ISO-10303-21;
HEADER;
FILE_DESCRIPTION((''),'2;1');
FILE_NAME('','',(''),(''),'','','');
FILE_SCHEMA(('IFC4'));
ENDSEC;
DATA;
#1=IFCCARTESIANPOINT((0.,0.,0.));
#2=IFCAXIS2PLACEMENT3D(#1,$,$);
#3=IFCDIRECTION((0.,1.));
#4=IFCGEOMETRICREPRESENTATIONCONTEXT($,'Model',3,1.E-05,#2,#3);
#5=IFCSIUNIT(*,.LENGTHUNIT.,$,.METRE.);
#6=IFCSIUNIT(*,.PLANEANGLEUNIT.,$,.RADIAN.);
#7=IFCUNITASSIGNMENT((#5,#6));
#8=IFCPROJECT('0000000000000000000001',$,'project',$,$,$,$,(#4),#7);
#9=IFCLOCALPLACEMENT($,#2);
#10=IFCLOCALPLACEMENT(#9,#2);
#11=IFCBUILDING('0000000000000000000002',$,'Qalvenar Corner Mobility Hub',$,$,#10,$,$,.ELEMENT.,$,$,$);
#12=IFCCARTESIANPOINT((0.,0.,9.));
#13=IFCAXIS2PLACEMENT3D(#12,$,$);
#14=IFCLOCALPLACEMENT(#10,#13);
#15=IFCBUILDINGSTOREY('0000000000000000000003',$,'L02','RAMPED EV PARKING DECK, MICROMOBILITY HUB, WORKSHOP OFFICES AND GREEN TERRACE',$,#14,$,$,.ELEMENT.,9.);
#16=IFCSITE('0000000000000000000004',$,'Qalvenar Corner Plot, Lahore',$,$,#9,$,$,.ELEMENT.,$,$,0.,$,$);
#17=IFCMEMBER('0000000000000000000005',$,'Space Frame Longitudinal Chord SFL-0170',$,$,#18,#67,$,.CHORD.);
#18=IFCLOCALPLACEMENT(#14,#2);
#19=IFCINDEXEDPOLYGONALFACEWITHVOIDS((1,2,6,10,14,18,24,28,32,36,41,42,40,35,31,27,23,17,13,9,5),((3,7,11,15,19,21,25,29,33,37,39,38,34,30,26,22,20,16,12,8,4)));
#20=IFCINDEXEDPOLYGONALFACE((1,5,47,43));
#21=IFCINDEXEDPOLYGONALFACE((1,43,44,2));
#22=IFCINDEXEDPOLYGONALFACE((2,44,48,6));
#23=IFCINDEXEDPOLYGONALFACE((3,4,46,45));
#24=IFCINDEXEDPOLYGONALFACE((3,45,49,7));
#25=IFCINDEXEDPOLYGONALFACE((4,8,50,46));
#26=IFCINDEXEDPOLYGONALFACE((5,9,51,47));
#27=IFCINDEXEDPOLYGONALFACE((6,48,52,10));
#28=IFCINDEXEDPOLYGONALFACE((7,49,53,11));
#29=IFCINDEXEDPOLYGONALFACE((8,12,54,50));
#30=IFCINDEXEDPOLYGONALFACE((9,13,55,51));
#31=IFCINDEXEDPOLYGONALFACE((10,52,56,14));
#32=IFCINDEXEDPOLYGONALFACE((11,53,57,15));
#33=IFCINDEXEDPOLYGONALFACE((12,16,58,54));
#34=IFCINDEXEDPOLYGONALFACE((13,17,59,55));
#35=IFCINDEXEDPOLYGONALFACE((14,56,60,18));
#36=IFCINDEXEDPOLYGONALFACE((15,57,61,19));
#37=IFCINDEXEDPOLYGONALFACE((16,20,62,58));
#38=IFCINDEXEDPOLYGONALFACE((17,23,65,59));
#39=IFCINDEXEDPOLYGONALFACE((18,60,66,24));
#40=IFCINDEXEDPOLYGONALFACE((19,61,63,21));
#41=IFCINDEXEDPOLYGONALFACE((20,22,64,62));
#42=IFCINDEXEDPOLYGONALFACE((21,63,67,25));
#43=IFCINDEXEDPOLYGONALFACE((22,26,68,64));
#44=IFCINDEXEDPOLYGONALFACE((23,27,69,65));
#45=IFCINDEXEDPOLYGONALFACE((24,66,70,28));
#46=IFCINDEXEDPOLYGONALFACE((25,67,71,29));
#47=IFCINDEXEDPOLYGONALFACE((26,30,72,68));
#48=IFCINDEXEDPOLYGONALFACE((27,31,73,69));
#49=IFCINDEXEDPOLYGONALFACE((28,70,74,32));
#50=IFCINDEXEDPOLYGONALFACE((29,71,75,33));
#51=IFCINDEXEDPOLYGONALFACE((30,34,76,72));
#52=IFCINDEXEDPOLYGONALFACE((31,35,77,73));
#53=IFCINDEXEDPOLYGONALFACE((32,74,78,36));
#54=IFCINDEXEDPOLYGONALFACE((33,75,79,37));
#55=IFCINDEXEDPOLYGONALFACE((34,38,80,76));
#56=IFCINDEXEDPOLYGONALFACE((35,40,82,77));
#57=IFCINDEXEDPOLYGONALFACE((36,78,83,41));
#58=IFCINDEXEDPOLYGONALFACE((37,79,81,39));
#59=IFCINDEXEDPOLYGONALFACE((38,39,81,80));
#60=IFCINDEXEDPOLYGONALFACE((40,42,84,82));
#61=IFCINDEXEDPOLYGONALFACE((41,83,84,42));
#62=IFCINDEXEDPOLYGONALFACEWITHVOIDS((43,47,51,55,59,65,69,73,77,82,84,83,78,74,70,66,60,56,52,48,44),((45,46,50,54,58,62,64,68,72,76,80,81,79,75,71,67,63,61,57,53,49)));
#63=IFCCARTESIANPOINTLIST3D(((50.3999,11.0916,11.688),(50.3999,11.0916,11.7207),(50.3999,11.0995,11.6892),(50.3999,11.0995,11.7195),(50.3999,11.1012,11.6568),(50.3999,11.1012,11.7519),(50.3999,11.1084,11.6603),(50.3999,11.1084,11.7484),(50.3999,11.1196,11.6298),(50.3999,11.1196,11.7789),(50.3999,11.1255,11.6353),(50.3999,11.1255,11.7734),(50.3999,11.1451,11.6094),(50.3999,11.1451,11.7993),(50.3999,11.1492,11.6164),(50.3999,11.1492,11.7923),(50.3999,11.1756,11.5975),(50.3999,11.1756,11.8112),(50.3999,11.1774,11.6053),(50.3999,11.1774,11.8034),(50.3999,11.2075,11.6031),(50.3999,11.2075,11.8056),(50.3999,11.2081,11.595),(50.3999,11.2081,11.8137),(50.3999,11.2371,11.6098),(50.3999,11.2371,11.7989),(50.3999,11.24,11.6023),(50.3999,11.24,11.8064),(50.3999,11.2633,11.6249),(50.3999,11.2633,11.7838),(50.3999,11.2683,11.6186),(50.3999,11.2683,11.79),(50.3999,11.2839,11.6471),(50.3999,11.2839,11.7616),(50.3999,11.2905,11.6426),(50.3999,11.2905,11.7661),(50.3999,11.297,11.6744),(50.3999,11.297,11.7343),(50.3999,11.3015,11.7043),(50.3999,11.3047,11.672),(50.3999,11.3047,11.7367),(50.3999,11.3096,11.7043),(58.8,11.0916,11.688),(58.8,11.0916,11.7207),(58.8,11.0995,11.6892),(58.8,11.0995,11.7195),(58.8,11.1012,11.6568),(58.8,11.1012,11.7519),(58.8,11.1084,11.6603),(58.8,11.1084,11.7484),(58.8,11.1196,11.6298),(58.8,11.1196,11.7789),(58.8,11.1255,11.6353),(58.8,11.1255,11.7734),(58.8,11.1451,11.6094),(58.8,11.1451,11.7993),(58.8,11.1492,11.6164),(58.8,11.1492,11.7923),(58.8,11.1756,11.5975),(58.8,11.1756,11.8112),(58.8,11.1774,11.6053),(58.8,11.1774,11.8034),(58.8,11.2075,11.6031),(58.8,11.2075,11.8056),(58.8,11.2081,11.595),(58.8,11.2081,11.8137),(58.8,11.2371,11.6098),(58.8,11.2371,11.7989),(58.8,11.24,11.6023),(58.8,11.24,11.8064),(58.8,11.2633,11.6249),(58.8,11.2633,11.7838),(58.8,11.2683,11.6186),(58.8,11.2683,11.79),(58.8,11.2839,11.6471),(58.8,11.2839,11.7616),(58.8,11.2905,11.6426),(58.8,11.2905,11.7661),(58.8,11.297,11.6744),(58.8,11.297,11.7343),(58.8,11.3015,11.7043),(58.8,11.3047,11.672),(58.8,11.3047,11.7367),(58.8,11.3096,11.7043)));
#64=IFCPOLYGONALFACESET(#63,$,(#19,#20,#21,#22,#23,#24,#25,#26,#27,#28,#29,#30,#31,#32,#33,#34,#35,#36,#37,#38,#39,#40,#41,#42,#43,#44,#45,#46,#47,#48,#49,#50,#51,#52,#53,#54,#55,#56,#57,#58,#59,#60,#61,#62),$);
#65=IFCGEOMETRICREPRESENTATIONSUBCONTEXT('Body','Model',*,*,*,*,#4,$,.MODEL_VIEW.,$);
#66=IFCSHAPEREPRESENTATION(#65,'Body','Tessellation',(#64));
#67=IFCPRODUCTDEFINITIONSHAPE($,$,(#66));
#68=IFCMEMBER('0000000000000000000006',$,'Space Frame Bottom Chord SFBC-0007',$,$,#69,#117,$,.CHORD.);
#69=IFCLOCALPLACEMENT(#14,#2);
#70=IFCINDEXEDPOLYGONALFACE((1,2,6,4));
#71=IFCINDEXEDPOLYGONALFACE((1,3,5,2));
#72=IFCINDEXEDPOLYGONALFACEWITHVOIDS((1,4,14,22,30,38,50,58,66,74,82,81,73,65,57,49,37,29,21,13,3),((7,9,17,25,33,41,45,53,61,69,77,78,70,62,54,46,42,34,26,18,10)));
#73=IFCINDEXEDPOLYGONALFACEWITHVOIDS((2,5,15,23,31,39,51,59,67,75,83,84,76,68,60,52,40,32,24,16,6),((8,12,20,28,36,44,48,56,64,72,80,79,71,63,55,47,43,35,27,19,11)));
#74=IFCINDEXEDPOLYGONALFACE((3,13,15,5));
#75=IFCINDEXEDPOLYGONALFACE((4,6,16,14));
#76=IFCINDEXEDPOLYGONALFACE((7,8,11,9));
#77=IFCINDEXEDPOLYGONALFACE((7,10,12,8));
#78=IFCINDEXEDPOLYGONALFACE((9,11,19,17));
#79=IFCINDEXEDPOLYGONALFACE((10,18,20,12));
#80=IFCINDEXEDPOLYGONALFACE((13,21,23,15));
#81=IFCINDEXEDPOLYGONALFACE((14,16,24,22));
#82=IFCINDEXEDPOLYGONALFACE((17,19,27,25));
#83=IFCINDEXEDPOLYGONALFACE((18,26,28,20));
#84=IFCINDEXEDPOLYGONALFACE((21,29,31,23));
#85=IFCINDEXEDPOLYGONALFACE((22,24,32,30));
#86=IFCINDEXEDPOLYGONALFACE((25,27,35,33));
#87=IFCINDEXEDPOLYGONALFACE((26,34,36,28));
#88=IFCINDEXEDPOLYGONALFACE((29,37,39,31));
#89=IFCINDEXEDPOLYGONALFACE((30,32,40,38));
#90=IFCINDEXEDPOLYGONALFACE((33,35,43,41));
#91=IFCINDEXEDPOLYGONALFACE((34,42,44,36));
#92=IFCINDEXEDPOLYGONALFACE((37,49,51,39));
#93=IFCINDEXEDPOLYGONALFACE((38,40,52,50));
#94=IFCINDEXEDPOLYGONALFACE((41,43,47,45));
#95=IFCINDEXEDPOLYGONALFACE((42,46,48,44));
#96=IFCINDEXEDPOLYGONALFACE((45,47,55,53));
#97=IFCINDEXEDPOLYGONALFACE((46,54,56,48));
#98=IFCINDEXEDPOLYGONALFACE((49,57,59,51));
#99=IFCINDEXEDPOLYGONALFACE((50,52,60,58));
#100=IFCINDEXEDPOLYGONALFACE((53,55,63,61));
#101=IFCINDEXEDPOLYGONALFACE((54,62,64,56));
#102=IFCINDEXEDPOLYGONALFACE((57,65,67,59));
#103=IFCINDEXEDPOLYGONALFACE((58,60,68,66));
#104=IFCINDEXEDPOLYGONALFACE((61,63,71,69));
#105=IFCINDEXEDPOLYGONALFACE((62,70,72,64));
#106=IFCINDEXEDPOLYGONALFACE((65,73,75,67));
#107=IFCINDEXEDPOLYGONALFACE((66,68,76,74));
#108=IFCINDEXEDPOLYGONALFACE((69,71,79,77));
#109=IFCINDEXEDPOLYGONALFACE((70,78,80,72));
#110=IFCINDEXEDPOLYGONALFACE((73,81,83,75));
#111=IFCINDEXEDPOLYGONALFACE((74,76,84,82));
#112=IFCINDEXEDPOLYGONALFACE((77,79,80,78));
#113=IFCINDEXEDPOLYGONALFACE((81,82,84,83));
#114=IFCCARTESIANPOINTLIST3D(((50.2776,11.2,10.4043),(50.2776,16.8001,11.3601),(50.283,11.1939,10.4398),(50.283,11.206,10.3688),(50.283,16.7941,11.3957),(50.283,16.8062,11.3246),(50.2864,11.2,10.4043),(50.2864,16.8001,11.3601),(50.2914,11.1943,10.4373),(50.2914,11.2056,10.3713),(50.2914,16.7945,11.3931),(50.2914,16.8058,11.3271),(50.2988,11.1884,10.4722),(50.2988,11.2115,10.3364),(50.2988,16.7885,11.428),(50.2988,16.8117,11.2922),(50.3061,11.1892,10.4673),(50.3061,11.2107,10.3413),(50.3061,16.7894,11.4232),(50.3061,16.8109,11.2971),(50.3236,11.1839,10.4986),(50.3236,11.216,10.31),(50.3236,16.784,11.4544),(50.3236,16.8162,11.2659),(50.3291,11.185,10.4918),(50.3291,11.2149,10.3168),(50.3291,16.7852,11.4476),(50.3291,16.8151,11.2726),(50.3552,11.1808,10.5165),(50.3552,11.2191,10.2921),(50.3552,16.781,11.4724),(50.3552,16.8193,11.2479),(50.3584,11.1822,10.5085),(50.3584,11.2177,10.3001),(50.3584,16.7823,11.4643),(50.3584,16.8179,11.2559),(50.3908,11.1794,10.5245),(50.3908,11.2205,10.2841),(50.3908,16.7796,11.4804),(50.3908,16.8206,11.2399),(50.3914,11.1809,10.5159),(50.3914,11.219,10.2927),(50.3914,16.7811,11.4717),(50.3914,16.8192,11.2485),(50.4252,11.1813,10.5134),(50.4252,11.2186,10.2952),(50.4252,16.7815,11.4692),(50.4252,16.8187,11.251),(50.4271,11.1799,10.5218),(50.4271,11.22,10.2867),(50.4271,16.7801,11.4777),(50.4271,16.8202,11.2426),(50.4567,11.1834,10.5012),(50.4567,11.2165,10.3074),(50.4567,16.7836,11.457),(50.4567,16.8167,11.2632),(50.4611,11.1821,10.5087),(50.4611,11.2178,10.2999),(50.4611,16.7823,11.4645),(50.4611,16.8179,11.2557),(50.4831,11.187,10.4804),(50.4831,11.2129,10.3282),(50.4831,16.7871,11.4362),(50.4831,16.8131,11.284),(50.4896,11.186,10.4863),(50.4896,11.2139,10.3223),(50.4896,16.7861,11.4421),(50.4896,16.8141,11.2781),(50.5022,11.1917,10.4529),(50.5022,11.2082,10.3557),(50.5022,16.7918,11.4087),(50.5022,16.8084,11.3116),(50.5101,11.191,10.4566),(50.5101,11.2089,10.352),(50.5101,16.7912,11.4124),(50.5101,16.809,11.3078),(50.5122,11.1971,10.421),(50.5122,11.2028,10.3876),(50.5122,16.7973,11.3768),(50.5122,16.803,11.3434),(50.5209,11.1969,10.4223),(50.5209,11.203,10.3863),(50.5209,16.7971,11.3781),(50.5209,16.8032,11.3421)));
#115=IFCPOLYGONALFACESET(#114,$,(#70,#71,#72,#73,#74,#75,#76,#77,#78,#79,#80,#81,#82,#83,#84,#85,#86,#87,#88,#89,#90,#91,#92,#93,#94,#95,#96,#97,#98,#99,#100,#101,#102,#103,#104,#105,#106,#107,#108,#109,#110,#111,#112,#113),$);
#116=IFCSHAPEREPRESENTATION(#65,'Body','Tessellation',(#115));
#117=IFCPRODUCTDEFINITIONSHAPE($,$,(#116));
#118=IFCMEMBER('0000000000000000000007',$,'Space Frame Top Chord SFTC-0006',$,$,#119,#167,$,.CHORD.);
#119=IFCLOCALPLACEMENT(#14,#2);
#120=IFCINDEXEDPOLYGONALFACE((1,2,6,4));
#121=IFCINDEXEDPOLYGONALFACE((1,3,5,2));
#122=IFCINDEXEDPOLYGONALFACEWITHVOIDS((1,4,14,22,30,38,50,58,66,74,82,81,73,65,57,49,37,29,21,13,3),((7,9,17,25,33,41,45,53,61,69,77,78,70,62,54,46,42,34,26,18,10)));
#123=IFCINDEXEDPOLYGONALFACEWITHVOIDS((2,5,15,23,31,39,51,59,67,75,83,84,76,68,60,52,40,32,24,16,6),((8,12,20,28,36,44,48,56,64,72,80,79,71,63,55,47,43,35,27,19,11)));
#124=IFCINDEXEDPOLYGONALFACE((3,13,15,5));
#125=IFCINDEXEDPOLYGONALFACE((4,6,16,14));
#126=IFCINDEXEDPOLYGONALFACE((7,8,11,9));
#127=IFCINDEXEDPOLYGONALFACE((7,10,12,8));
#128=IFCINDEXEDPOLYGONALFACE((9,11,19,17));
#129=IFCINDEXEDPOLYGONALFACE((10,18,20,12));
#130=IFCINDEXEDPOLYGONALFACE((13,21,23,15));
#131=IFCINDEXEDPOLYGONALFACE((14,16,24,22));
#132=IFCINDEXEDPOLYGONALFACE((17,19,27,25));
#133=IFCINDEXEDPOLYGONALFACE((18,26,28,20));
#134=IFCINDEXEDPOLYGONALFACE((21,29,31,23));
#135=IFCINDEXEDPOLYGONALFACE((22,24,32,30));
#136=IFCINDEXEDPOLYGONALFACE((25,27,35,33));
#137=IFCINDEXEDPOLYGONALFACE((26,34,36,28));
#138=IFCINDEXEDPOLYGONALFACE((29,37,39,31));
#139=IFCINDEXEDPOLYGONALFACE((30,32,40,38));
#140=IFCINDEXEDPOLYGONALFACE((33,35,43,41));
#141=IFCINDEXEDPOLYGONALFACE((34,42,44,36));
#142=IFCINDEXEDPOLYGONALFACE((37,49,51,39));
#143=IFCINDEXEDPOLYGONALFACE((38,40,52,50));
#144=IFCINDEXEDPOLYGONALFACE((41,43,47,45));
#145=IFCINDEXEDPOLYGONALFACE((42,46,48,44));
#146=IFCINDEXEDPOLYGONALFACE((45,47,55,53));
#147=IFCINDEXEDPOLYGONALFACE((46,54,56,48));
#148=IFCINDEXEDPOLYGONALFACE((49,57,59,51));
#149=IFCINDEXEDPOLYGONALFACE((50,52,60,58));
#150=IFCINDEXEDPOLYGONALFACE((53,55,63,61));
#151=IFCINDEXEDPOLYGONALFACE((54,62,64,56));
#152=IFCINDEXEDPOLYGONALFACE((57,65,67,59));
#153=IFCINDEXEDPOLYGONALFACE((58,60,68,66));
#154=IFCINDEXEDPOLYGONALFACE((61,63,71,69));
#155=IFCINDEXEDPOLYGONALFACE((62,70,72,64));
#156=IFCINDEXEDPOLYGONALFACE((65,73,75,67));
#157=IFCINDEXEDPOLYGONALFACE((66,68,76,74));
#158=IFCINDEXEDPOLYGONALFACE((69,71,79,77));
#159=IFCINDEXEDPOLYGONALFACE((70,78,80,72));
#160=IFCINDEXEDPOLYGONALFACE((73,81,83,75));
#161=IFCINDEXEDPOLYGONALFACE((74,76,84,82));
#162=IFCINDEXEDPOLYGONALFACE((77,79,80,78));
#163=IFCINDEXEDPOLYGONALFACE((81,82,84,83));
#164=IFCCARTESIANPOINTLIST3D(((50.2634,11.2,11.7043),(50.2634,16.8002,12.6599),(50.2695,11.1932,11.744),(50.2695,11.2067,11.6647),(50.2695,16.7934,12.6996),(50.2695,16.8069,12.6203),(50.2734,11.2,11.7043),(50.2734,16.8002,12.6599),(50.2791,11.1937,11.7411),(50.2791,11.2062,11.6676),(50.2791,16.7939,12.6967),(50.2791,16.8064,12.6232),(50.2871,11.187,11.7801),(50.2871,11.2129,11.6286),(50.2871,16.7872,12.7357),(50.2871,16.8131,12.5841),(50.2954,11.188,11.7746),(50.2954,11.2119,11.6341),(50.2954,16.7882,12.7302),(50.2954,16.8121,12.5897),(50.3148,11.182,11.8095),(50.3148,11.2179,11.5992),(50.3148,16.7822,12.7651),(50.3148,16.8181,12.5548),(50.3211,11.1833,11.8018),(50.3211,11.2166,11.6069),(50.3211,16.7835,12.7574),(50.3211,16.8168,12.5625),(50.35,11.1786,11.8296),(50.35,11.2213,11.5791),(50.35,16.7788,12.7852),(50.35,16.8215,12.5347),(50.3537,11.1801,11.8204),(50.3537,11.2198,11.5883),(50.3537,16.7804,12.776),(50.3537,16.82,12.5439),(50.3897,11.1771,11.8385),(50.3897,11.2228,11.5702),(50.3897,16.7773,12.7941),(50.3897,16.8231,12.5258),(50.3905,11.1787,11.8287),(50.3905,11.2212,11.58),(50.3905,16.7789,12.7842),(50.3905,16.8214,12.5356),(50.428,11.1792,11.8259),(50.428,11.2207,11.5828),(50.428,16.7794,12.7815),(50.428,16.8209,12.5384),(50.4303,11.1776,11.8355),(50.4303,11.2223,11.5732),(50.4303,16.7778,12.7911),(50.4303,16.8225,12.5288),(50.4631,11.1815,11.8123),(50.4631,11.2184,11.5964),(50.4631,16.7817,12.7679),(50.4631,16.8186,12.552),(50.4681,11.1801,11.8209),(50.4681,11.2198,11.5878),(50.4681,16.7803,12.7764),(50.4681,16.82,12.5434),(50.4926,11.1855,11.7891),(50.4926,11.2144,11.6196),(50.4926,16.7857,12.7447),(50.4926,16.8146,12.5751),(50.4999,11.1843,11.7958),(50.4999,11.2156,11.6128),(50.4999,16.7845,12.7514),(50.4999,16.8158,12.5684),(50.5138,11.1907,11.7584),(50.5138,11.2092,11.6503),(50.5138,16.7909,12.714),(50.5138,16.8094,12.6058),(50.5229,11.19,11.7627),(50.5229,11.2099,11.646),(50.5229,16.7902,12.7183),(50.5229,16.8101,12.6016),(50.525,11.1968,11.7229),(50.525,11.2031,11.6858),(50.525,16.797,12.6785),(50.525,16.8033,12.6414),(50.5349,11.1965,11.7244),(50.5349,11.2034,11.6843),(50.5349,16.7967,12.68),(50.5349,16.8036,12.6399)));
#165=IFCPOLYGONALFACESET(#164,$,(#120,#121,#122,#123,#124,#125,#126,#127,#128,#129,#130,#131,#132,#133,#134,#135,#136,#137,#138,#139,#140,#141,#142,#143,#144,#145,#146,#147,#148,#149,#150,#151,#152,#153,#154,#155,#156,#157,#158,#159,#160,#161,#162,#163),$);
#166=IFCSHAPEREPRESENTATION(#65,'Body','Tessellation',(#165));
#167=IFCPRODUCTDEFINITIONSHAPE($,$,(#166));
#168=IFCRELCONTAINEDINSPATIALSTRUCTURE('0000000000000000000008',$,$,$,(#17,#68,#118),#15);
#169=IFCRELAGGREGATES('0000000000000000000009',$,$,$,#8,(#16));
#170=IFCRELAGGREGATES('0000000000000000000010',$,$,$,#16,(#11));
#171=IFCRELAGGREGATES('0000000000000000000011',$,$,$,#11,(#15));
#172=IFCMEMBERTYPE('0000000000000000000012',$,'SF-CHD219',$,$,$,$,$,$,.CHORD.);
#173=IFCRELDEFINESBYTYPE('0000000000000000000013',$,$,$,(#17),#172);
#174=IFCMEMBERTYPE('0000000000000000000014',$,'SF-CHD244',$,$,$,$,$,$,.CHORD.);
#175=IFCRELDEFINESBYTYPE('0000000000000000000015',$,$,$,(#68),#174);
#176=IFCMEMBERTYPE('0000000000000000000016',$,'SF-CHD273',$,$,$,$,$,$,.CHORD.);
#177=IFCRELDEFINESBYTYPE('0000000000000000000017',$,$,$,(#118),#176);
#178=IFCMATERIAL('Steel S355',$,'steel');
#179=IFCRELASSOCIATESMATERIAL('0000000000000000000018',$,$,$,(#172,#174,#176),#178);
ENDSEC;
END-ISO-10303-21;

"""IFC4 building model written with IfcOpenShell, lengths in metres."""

from ifc_helpers import new_model, si_unit, direction, frame, origin, origin_2d, place, context, subcontext, project, spatial, hollow_circle, extrude, material, material_profile, profile_set, type_object, element, save


model = new_model("IFC4")

# Units and contexts
model_context = context("Model", 3, precision=1e-05, world=origin(), true_north=direction((0.0, 1.0)))
body_context = subcontext(model_context, "Body", "Model", "MODEL_VIEW")
ifc_project = project(units=[si_unit("LENGTHUNIT", "METRE"), si_unit("PLANEANGLEUNIT", "RADIAN")], contexts=[model_context])

# Site, building, storey
site_placement = place(None, origin())
site = spatial("IfcSite", under=ifc_project, at=site_placement, Name="Qalvenar Corner Plot, Lahore", CompositionType="ELEMENT", RefElevation=0.0)
building_placement = place(site_placement, origin())
building = spatial("IfcBuilding", under=site, at=building_placement, Name="Qalvenar Corner Mobility Hub", CompositionType="ELEMENT")
storey_placement = place(building_placement, frame((0.0, 0.0, 9.0)))
storey = spatial("IfcBuildingStorey", under=building, at=storey_placement, Name="L02", Description="RAMPED EV PARKING DECK, MICROMOBILITY HUB, WORKSHOP OFFICES AND GREEN TERRACE", CompositionType="ELEMENT", Elevation=9.0)

# Members
ifc_material_1 = material(Name="Steel S355", Category="steel")
ifc_material_profile_1 = material_profile(ifc_material_1, hollow_circle(Radius=0.1096, WallThickness=0.0081, at=origin_2d()), Name="CHS219.1x8")
ifc_profile_set_1 = profile_set([ifc_material_profile_1], Name="Steel S355")
member_type_1 = type_object("IfcMemberType", Name="SF-CHD219", PredefinedType="CHORD", material=ifc_profile_set_1)
member_1_placement = place(storey_placement, frame((50.3999, 11.2, 11.7043), z_axis=(1.0, 0.0, 0.0), x_axis=(0.0, 1.0, 0.0)))
element("IfcMember", 1, at=member_1_placement, inside=storey, type_object=member_type_1, Name="Space Frame Longitudinal Chord SFL-0170", PredefinedType="CHORD", context=body_context, shape_type="SweptSolid", body=[
    extrude(hollow_circle(Radius=0.1096, WallThickness=0.0081, at=origin_2d()), origin(), (0.0, 0.0, 1.0), 8.4001),
])
ifc_material_profile_2 = material_profile(ifc_material_1, hollow_circle(Radius=0.1223, WallThickness=0.0088, at=origin_2d()), Name="CHS244.5x8.8")
ifc_profile_set_2 = profile_set([ifc_material_profile_2], Name="Steel S355")
member_type_2 = type_object("IfcMemberType", Name="SF-CHD244", PredefinedType="CHORD", material=ifc_profile_set_2)
member_2_placement = place(storey_placement, frame((50.3999, 11.2, 10.4043), z_axis=(0.0, 0.985745, 0.168245), x_axis=(-1.0, 0.0, 0.0)))
element("IfcMember", 2, at=member_2_placement, inside=storey, type_object=member_type_2, Name="Space Frame Bottom Chord SFBC-0007", PredefinedType="CHORD", context=body_context, shape_type="SweptSolid", body=[
    extrude(hollow_circle(Radius=0.1223, WallThickness=0.0088, at=origin_2d()), origin(), (0.0, 0.0, 1.0), 5.6812),
])
ifc_material_profile_3 = material_profile(ifc_material_1, hollow_circle(Radius=0.1365, WallThickness=0.01, at=origin_2d()), Name="CHS273x10")
ifc_profile_set_3 = profile_set([ifc_material_profile_3], Name="Steel S355")
member_type_3 = type_object("IfcMemberType", Name="SF-CHD273", PredefinedType="CHORD", material=ifc_profile_set_3)
member_3_placement = place(storey_placement, frame((50.3999, 11.2, 11.7043), z_axis=(0.0, 0.985752, 0.168203), x_axis=(-1.0, 0.0, 0.0)))
element("IfcMember", 3, at=member_3_placement, inside=storey, type_object=member_type_3, Name="Space Frame Top Chord SFTC-0006", PredefinedType="CHORD", context=body_context, shape_type="SweptSolid", body=[
    extrude(hollow_circle(Radius=0.1365, WallThickness=0.01, at=origin_2d()), origin(), (0.0, 0.0, 1.0), 5.6812),
])

save(model, "model.ifc")
